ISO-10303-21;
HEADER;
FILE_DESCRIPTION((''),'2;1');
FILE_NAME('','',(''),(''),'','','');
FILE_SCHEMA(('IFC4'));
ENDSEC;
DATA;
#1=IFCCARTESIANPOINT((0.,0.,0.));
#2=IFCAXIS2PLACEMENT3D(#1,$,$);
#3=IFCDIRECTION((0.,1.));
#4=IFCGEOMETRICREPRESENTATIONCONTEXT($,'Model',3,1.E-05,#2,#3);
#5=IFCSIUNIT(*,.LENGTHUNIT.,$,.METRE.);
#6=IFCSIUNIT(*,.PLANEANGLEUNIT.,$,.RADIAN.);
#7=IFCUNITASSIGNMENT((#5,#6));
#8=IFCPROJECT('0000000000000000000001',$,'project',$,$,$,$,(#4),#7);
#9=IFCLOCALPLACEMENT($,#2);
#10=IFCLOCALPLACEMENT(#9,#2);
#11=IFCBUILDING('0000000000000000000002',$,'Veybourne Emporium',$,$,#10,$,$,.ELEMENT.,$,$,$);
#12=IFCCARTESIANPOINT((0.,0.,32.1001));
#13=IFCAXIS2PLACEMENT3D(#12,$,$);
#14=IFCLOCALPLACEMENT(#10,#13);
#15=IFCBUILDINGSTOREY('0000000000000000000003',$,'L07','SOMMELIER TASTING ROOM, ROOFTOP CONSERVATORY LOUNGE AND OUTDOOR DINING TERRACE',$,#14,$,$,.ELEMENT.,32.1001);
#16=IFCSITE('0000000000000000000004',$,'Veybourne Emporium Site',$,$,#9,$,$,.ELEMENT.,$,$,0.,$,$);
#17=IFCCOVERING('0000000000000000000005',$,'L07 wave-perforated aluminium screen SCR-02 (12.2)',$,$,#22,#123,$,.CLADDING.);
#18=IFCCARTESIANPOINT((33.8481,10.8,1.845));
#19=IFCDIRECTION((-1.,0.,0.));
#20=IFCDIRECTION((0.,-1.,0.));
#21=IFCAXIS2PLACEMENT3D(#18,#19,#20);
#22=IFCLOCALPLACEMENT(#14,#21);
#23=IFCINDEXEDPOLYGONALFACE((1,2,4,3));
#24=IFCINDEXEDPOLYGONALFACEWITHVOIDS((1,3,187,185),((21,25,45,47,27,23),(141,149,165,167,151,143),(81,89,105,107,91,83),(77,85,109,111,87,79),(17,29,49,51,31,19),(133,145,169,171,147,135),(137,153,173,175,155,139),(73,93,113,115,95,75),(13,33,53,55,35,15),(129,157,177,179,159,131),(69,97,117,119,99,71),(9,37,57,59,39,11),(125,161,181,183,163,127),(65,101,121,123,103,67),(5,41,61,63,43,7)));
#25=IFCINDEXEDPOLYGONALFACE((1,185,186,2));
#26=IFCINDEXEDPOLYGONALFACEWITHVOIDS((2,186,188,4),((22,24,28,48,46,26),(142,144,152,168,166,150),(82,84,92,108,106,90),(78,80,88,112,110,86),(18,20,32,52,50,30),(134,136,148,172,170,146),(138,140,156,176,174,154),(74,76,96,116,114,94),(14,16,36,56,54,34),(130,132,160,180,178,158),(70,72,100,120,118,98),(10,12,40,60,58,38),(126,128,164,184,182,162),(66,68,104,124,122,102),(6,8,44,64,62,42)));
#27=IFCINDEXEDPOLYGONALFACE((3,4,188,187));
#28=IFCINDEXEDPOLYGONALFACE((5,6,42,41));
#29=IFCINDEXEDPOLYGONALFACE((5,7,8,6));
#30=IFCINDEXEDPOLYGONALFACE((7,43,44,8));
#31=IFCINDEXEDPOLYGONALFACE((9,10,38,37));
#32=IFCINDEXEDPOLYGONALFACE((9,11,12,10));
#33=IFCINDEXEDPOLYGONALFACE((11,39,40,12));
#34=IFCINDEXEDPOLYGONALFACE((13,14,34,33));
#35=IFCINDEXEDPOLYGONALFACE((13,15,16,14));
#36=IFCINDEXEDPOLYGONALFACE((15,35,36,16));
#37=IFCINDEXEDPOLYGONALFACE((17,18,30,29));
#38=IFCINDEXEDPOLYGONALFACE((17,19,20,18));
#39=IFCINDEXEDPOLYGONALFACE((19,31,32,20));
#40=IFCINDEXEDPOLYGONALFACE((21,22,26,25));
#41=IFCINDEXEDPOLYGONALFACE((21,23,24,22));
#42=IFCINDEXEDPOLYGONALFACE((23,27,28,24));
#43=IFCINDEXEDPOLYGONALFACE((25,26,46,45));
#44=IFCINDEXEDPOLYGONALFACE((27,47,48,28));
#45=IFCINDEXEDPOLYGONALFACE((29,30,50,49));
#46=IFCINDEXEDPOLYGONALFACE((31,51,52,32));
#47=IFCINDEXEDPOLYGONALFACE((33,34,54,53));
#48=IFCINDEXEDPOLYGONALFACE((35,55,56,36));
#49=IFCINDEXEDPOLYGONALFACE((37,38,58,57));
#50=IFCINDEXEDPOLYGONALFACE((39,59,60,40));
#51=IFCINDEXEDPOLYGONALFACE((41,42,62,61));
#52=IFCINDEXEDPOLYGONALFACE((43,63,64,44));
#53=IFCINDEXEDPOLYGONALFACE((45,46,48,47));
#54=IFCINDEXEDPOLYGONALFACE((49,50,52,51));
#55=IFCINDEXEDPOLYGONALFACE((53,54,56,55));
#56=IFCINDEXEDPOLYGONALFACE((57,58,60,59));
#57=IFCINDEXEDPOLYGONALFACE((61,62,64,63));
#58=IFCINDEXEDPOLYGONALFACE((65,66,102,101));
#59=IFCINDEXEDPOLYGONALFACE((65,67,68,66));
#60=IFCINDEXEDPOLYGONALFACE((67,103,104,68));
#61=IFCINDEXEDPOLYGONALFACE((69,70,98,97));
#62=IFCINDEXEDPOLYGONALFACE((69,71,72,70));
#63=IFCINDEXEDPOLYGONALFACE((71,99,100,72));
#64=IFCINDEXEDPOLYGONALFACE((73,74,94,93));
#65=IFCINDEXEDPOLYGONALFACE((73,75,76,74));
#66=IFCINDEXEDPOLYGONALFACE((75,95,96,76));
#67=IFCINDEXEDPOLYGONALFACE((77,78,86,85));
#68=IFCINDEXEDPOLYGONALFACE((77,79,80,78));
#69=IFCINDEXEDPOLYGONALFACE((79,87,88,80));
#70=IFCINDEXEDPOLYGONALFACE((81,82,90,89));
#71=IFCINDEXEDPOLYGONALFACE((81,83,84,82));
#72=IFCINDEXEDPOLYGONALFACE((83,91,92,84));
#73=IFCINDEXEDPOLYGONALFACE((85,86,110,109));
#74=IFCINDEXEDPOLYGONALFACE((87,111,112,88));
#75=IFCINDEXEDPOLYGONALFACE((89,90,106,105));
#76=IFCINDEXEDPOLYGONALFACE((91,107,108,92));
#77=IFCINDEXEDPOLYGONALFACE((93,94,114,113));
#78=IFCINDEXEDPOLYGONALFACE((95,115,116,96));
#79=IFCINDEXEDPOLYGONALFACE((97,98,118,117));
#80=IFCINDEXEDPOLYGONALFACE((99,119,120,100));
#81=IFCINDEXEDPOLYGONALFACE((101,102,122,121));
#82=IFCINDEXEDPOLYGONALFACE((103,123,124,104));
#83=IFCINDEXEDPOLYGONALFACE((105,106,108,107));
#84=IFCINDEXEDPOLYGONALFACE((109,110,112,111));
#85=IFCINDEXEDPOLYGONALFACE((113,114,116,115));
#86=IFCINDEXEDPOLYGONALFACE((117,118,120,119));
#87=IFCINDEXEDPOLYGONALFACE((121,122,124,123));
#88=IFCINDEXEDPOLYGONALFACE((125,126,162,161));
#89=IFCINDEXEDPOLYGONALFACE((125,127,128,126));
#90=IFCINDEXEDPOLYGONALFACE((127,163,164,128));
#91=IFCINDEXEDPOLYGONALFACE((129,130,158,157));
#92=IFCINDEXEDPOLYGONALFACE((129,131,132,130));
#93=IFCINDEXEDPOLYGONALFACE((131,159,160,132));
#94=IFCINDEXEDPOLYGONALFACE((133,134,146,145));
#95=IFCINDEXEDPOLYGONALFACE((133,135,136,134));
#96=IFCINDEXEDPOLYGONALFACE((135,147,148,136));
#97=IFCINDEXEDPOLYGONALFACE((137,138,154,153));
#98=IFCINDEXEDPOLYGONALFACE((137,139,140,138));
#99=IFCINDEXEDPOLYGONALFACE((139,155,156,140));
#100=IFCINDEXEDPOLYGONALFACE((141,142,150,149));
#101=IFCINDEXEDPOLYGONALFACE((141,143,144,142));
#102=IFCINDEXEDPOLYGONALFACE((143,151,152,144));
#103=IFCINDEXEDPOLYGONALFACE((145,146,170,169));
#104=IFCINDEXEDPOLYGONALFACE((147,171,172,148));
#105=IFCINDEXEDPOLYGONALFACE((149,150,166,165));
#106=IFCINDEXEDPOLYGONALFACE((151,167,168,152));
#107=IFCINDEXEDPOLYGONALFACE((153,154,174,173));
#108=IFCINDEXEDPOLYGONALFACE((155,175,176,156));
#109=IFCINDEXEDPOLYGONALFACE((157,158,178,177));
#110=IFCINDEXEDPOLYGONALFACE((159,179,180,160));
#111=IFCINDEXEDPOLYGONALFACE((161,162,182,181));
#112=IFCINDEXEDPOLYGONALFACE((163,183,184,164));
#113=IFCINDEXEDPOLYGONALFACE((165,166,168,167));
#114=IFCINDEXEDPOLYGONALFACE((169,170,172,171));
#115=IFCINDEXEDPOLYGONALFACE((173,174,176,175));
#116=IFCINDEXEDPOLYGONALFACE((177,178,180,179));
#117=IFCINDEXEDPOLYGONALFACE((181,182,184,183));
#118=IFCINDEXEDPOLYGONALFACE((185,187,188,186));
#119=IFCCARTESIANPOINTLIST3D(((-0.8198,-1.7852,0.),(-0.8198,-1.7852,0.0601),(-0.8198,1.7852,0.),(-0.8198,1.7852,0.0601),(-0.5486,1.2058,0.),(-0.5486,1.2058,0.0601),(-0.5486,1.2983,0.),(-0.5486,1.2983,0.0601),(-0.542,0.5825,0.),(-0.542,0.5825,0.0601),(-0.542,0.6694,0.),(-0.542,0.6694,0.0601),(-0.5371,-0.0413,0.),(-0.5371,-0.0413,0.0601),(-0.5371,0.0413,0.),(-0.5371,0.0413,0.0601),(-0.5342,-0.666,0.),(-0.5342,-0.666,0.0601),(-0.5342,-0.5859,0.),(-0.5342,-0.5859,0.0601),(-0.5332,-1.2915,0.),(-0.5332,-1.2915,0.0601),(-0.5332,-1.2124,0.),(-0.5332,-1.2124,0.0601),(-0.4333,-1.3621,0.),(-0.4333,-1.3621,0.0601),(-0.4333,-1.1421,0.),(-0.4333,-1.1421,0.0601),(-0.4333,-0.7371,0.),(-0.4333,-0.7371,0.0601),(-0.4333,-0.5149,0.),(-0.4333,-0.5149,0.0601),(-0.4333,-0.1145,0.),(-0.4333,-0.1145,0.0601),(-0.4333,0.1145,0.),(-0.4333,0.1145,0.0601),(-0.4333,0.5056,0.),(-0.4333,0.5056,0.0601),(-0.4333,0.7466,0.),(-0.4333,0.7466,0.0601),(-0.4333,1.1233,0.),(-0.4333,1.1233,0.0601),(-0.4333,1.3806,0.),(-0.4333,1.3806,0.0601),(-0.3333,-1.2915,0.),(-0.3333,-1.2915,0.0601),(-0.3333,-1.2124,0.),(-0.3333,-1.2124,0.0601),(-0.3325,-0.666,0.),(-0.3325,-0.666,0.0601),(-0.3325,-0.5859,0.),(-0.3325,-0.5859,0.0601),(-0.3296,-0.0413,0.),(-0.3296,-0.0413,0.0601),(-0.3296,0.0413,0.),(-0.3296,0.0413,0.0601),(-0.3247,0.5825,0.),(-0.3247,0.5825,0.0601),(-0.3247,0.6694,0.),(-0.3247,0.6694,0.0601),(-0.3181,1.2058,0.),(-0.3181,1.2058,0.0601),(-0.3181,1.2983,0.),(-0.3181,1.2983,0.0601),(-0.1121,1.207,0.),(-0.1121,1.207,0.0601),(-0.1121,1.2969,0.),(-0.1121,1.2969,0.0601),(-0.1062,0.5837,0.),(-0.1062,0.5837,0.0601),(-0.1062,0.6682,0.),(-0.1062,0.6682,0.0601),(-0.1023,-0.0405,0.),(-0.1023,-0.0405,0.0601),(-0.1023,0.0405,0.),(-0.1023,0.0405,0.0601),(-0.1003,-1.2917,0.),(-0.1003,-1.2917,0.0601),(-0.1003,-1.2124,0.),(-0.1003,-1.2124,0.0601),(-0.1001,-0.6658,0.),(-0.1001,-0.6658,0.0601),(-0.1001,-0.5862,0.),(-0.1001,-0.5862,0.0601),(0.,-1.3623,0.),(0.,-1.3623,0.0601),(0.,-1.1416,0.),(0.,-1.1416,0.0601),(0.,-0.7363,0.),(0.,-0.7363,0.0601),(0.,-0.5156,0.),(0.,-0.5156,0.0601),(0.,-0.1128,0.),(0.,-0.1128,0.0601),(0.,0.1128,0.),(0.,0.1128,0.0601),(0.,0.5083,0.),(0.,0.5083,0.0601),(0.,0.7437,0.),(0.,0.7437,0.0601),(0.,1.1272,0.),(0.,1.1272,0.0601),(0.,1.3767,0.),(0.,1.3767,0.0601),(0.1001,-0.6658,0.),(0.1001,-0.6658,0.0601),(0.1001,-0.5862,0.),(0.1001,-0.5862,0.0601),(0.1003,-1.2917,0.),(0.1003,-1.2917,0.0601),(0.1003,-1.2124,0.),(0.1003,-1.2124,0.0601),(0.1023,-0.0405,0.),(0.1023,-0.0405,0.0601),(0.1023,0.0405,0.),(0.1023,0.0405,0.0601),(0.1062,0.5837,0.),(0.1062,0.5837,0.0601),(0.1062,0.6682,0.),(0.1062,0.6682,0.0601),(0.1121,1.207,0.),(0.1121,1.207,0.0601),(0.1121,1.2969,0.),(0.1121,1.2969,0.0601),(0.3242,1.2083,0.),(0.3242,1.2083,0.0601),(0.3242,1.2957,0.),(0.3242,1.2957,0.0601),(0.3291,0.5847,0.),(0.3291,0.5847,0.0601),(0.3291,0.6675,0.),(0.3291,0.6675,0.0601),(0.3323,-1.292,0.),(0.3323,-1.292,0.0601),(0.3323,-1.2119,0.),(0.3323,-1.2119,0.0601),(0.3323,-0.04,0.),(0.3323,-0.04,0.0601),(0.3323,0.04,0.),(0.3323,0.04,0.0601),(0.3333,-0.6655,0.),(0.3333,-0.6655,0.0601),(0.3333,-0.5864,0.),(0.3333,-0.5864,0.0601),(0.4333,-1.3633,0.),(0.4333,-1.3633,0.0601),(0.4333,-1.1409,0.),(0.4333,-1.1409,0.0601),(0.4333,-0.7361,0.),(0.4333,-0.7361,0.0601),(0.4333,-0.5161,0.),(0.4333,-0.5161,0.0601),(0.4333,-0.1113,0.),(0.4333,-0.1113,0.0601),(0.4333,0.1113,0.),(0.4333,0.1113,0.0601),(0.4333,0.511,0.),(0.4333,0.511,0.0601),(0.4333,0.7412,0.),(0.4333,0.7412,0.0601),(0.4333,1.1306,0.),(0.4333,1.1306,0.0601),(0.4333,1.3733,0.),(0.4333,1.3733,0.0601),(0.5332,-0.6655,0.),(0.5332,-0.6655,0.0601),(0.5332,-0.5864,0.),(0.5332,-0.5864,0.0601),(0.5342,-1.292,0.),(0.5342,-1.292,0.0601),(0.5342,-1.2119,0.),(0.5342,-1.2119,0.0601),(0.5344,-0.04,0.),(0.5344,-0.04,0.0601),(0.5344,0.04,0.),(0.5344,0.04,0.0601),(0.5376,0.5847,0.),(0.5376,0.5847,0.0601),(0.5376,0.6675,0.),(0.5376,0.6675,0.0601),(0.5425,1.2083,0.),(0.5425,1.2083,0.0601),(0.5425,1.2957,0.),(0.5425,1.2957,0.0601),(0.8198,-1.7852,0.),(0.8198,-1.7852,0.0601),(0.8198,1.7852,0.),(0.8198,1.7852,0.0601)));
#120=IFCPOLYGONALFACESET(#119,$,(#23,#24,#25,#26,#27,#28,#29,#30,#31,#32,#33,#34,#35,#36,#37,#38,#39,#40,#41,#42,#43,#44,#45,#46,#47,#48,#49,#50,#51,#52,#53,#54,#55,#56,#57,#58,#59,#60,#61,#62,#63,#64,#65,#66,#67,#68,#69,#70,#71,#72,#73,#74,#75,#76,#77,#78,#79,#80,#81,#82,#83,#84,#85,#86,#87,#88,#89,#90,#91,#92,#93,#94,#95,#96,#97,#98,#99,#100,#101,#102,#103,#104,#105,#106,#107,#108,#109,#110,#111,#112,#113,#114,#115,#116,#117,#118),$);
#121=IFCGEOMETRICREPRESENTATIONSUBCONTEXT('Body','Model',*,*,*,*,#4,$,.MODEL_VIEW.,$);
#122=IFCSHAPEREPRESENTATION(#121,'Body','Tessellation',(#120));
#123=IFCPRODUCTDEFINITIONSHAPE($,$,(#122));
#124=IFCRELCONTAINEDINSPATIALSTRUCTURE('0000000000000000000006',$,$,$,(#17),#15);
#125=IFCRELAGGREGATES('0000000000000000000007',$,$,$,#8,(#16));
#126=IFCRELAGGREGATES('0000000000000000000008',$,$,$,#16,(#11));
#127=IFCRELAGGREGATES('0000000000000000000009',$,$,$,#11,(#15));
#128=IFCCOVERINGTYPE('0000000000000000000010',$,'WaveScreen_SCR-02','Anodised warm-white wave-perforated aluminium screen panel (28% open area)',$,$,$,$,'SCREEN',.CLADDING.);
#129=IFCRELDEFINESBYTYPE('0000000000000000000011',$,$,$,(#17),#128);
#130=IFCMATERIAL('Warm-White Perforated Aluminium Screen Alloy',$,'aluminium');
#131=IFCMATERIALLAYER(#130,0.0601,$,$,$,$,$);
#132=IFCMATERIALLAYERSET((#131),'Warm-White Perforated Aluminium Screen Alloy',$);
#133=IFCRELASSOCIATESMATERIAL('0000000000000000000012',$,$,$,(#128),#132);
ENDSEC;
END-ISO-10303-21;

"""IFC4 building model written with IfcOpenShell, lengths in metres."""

from ifc_helpers import new_model, si_unit, direction, frame, origin, place, context, subcontext, project, spatial, polyline, outline, extrude, material, layer, layer_set, type_object, element, save


model = new_model("IFC4")

# Units and contexts
model_context = context("Model", 3, precision=1e-05, world=origin(), true_north=direction((0.0, 1.0)))
body_context = subcontext(model_context, "Body", "Model", "MODEL_VIEW")
ifc_project = project(units=[si_unit("LENGTHUNIT", "METRE"), si_unit("PLANEANGLEUNIT", "RADIAN")], contexts=[model_context])

# Site, building, storey
site_placement = place(None, origin())
site = spatial("IfcSite", under=ifc_project, at=site_placement, Name="Veybourne Emporium Site", CompositionType="ELEMENT", RefElevation=0.0)
building_placement = place(site_placement, origin())
building = spatial("IfcBuilding", under=site, at=building_placement, Name="Veybourne Emporium", CompositionType="ELEMENT")
storey_placement = place(building_placement, frame((0.0, 0.0, 32.1001)))
storey = spatial("IfcBuildingStorey", under=building, at=storey_placement, Name="L07", Description="SOMMELIER TASTING ROOM, ROOFTOP CONSERVATORY LOUNGE AND OUTDOOR DINING TERRACE", CompositionType="ELEMENT", Elevation=32.1001)

# Covering
ifc_material_1 = material(Name="Warm-White Perforated Aluminium Screen Alloy", Category="aluminium")
ifc_layer_1 = layer(ifc_material_1, 0.0601)
ifc_layer_set_1 = layer_set([ifc_layer_1], Name="Warm-White Perforated Aluminium Screen Alloy")
covering_type_1 = type_object("IfcCoveringType", Name="WaveScreen_SCR-02", Description="Anodised warm-white wave-perforated aluminium screen panel (28% open area)", ElementType="SCREEN", PredefinedType="CLADDING", material=ifc_layer_set_1)
covering_1_placement = place(storey_placement, frame((33.8481, 10.8, 1.845), z_axis=(-1.0, 0.0, 0.0), x_axis=(0.0, -1.0, 0.0)))
element("IfcCovering", 1, at=covering_1_placement, inside=storey, type_object=covering_type_1, Name="L07 wave-perforated aluminium screen SCR-02 (12.2)", PredefinedType="CLADDING", context=body_context, shape_type="SweptSolid", body=[
    extrude(outline(polyline([(-0.8198, -1.7852), (0.8198, -1.7852), (0.8198, 1.7852), (-0.8198, 1.7852), (-0.8198, -1.7852)]), holes=[polyline([(-0.4333, -1.1421), (-0.3333, -1.2124), (-0.3333, -1.2915), (-0.4333, -1.3621), (-0.5332, -1.2915), (-0.5332, -1.2124), (-0.4333, -1.1421)]), polyline([(-0.4333, -0.5149), (-0.3325, -0.5859), (-0.3325, -0.666), (-0.4333, -0.7371), (-0.5342, -0.666), (-0.5342, -0.5859), (-0.4333, -0.5149)]), polyline([(-0.4333, 0.1145), (-0.3296, 0.0413), (-0.3296, -0.0413), (-0.4333, -0.1145), (-0.5371, -0.0413), (-0.5371, 0.0413), (-0.4333, 0.1145)]), polyline([(-0.4333, 0.7466), (-0.3247, 0.6694), (-0.3247, 0.5825), (-0.4333, 0.5056), (-0.542, 0.5825), (-0.542, 0.6694), (-0.4333, 0.7466)]), polyline([(-0.4333, 1.3806), (-0.3181, 1.2983), (-0.3181, 1.2058), (-0.4333, 1.1233), (-0.5486, 1.2058), (-0.5486, 1.2983), (-0.4333, 1.3806)]), polyline([(0.0, -1.1416), (0.1003, -1.2124), (0.1003, -1.2917), (0.0, -1.3623), (-0.1003, -1.2917), (-0.1003, -1.2124), (0.0, -1.1416)]), polyline([(0.0, -0.5156), (0.1001, -0.5862), (0.1001, -0.6658), (0.0, -0.7363), (-0.1001, -0.6658), (-0.1001, -0.5862), (0.0, -0.5156)]), polyline([(0.0, 0.1128), (0.1023, 0.0405), (0.1023, -0.0405), (0.0, -0.1128), (-0.1023, -0.0405), (-0.1023, 0.0405), (0.0, 0.1128)]), polyline([(0.0, 0.7437), (0.1062, 0.6682), (0.1062, 0.5837), (0.0, 0.5083), (-0.1062, 0.5837), (-0.1062, 0.6682), (0.0, 0.7437)]), polyline([(0.0, 1.3767), (0.1121, 1.2969), (0.1121, 1.207), (0.0, 1.1272), (-0.1121, 1.207), (-0.1121, 1.2969), (0.0, 1.3767)]), polyline([(0.4333, -1.1409), (0.5342, -1.2119), (0.5342, -1.292), (0.4333, -1.3633), (0.3323, -1.292), (0.3323, -1.2119), (0.4333, -1.1409)]), polyline([(0.4333, -0.5161), (0.5332, -0.5864), (0.5332, -0.6655), (0.4333, -0.7361), (0.3333, -0.6655), (0.3333, -0.5864), (0.4333, -0.5161)]), polyline([(0.4333, 0.1113), (0.5344, 0.04), (0.5344, -0.04), (0.4333, -0.1113), (0.3323, -0.04), (0.3323, 0.04), (0.4333, 0.1113)]), polyline([(0.4333, 0.7412), (0.5376, 0.6675), (0.5376, 0.5847), (0.4333, 0.511), (0.3291, 0.5847), (0.3291, 0.6675), (0.4333, 0.7412)]), polyline([(0.4333, 1.3733), (0.5425, 1.2957), (0.5425, 1.2083), (0.4333, 1.1306), (0.3242, 1.2083), (0.3242, 1.2957), (0.4333, 1.3733)])]), origin(), (0.0, 0.0, 1.0), 0.0601),
])

save(model, "model.ifc")
